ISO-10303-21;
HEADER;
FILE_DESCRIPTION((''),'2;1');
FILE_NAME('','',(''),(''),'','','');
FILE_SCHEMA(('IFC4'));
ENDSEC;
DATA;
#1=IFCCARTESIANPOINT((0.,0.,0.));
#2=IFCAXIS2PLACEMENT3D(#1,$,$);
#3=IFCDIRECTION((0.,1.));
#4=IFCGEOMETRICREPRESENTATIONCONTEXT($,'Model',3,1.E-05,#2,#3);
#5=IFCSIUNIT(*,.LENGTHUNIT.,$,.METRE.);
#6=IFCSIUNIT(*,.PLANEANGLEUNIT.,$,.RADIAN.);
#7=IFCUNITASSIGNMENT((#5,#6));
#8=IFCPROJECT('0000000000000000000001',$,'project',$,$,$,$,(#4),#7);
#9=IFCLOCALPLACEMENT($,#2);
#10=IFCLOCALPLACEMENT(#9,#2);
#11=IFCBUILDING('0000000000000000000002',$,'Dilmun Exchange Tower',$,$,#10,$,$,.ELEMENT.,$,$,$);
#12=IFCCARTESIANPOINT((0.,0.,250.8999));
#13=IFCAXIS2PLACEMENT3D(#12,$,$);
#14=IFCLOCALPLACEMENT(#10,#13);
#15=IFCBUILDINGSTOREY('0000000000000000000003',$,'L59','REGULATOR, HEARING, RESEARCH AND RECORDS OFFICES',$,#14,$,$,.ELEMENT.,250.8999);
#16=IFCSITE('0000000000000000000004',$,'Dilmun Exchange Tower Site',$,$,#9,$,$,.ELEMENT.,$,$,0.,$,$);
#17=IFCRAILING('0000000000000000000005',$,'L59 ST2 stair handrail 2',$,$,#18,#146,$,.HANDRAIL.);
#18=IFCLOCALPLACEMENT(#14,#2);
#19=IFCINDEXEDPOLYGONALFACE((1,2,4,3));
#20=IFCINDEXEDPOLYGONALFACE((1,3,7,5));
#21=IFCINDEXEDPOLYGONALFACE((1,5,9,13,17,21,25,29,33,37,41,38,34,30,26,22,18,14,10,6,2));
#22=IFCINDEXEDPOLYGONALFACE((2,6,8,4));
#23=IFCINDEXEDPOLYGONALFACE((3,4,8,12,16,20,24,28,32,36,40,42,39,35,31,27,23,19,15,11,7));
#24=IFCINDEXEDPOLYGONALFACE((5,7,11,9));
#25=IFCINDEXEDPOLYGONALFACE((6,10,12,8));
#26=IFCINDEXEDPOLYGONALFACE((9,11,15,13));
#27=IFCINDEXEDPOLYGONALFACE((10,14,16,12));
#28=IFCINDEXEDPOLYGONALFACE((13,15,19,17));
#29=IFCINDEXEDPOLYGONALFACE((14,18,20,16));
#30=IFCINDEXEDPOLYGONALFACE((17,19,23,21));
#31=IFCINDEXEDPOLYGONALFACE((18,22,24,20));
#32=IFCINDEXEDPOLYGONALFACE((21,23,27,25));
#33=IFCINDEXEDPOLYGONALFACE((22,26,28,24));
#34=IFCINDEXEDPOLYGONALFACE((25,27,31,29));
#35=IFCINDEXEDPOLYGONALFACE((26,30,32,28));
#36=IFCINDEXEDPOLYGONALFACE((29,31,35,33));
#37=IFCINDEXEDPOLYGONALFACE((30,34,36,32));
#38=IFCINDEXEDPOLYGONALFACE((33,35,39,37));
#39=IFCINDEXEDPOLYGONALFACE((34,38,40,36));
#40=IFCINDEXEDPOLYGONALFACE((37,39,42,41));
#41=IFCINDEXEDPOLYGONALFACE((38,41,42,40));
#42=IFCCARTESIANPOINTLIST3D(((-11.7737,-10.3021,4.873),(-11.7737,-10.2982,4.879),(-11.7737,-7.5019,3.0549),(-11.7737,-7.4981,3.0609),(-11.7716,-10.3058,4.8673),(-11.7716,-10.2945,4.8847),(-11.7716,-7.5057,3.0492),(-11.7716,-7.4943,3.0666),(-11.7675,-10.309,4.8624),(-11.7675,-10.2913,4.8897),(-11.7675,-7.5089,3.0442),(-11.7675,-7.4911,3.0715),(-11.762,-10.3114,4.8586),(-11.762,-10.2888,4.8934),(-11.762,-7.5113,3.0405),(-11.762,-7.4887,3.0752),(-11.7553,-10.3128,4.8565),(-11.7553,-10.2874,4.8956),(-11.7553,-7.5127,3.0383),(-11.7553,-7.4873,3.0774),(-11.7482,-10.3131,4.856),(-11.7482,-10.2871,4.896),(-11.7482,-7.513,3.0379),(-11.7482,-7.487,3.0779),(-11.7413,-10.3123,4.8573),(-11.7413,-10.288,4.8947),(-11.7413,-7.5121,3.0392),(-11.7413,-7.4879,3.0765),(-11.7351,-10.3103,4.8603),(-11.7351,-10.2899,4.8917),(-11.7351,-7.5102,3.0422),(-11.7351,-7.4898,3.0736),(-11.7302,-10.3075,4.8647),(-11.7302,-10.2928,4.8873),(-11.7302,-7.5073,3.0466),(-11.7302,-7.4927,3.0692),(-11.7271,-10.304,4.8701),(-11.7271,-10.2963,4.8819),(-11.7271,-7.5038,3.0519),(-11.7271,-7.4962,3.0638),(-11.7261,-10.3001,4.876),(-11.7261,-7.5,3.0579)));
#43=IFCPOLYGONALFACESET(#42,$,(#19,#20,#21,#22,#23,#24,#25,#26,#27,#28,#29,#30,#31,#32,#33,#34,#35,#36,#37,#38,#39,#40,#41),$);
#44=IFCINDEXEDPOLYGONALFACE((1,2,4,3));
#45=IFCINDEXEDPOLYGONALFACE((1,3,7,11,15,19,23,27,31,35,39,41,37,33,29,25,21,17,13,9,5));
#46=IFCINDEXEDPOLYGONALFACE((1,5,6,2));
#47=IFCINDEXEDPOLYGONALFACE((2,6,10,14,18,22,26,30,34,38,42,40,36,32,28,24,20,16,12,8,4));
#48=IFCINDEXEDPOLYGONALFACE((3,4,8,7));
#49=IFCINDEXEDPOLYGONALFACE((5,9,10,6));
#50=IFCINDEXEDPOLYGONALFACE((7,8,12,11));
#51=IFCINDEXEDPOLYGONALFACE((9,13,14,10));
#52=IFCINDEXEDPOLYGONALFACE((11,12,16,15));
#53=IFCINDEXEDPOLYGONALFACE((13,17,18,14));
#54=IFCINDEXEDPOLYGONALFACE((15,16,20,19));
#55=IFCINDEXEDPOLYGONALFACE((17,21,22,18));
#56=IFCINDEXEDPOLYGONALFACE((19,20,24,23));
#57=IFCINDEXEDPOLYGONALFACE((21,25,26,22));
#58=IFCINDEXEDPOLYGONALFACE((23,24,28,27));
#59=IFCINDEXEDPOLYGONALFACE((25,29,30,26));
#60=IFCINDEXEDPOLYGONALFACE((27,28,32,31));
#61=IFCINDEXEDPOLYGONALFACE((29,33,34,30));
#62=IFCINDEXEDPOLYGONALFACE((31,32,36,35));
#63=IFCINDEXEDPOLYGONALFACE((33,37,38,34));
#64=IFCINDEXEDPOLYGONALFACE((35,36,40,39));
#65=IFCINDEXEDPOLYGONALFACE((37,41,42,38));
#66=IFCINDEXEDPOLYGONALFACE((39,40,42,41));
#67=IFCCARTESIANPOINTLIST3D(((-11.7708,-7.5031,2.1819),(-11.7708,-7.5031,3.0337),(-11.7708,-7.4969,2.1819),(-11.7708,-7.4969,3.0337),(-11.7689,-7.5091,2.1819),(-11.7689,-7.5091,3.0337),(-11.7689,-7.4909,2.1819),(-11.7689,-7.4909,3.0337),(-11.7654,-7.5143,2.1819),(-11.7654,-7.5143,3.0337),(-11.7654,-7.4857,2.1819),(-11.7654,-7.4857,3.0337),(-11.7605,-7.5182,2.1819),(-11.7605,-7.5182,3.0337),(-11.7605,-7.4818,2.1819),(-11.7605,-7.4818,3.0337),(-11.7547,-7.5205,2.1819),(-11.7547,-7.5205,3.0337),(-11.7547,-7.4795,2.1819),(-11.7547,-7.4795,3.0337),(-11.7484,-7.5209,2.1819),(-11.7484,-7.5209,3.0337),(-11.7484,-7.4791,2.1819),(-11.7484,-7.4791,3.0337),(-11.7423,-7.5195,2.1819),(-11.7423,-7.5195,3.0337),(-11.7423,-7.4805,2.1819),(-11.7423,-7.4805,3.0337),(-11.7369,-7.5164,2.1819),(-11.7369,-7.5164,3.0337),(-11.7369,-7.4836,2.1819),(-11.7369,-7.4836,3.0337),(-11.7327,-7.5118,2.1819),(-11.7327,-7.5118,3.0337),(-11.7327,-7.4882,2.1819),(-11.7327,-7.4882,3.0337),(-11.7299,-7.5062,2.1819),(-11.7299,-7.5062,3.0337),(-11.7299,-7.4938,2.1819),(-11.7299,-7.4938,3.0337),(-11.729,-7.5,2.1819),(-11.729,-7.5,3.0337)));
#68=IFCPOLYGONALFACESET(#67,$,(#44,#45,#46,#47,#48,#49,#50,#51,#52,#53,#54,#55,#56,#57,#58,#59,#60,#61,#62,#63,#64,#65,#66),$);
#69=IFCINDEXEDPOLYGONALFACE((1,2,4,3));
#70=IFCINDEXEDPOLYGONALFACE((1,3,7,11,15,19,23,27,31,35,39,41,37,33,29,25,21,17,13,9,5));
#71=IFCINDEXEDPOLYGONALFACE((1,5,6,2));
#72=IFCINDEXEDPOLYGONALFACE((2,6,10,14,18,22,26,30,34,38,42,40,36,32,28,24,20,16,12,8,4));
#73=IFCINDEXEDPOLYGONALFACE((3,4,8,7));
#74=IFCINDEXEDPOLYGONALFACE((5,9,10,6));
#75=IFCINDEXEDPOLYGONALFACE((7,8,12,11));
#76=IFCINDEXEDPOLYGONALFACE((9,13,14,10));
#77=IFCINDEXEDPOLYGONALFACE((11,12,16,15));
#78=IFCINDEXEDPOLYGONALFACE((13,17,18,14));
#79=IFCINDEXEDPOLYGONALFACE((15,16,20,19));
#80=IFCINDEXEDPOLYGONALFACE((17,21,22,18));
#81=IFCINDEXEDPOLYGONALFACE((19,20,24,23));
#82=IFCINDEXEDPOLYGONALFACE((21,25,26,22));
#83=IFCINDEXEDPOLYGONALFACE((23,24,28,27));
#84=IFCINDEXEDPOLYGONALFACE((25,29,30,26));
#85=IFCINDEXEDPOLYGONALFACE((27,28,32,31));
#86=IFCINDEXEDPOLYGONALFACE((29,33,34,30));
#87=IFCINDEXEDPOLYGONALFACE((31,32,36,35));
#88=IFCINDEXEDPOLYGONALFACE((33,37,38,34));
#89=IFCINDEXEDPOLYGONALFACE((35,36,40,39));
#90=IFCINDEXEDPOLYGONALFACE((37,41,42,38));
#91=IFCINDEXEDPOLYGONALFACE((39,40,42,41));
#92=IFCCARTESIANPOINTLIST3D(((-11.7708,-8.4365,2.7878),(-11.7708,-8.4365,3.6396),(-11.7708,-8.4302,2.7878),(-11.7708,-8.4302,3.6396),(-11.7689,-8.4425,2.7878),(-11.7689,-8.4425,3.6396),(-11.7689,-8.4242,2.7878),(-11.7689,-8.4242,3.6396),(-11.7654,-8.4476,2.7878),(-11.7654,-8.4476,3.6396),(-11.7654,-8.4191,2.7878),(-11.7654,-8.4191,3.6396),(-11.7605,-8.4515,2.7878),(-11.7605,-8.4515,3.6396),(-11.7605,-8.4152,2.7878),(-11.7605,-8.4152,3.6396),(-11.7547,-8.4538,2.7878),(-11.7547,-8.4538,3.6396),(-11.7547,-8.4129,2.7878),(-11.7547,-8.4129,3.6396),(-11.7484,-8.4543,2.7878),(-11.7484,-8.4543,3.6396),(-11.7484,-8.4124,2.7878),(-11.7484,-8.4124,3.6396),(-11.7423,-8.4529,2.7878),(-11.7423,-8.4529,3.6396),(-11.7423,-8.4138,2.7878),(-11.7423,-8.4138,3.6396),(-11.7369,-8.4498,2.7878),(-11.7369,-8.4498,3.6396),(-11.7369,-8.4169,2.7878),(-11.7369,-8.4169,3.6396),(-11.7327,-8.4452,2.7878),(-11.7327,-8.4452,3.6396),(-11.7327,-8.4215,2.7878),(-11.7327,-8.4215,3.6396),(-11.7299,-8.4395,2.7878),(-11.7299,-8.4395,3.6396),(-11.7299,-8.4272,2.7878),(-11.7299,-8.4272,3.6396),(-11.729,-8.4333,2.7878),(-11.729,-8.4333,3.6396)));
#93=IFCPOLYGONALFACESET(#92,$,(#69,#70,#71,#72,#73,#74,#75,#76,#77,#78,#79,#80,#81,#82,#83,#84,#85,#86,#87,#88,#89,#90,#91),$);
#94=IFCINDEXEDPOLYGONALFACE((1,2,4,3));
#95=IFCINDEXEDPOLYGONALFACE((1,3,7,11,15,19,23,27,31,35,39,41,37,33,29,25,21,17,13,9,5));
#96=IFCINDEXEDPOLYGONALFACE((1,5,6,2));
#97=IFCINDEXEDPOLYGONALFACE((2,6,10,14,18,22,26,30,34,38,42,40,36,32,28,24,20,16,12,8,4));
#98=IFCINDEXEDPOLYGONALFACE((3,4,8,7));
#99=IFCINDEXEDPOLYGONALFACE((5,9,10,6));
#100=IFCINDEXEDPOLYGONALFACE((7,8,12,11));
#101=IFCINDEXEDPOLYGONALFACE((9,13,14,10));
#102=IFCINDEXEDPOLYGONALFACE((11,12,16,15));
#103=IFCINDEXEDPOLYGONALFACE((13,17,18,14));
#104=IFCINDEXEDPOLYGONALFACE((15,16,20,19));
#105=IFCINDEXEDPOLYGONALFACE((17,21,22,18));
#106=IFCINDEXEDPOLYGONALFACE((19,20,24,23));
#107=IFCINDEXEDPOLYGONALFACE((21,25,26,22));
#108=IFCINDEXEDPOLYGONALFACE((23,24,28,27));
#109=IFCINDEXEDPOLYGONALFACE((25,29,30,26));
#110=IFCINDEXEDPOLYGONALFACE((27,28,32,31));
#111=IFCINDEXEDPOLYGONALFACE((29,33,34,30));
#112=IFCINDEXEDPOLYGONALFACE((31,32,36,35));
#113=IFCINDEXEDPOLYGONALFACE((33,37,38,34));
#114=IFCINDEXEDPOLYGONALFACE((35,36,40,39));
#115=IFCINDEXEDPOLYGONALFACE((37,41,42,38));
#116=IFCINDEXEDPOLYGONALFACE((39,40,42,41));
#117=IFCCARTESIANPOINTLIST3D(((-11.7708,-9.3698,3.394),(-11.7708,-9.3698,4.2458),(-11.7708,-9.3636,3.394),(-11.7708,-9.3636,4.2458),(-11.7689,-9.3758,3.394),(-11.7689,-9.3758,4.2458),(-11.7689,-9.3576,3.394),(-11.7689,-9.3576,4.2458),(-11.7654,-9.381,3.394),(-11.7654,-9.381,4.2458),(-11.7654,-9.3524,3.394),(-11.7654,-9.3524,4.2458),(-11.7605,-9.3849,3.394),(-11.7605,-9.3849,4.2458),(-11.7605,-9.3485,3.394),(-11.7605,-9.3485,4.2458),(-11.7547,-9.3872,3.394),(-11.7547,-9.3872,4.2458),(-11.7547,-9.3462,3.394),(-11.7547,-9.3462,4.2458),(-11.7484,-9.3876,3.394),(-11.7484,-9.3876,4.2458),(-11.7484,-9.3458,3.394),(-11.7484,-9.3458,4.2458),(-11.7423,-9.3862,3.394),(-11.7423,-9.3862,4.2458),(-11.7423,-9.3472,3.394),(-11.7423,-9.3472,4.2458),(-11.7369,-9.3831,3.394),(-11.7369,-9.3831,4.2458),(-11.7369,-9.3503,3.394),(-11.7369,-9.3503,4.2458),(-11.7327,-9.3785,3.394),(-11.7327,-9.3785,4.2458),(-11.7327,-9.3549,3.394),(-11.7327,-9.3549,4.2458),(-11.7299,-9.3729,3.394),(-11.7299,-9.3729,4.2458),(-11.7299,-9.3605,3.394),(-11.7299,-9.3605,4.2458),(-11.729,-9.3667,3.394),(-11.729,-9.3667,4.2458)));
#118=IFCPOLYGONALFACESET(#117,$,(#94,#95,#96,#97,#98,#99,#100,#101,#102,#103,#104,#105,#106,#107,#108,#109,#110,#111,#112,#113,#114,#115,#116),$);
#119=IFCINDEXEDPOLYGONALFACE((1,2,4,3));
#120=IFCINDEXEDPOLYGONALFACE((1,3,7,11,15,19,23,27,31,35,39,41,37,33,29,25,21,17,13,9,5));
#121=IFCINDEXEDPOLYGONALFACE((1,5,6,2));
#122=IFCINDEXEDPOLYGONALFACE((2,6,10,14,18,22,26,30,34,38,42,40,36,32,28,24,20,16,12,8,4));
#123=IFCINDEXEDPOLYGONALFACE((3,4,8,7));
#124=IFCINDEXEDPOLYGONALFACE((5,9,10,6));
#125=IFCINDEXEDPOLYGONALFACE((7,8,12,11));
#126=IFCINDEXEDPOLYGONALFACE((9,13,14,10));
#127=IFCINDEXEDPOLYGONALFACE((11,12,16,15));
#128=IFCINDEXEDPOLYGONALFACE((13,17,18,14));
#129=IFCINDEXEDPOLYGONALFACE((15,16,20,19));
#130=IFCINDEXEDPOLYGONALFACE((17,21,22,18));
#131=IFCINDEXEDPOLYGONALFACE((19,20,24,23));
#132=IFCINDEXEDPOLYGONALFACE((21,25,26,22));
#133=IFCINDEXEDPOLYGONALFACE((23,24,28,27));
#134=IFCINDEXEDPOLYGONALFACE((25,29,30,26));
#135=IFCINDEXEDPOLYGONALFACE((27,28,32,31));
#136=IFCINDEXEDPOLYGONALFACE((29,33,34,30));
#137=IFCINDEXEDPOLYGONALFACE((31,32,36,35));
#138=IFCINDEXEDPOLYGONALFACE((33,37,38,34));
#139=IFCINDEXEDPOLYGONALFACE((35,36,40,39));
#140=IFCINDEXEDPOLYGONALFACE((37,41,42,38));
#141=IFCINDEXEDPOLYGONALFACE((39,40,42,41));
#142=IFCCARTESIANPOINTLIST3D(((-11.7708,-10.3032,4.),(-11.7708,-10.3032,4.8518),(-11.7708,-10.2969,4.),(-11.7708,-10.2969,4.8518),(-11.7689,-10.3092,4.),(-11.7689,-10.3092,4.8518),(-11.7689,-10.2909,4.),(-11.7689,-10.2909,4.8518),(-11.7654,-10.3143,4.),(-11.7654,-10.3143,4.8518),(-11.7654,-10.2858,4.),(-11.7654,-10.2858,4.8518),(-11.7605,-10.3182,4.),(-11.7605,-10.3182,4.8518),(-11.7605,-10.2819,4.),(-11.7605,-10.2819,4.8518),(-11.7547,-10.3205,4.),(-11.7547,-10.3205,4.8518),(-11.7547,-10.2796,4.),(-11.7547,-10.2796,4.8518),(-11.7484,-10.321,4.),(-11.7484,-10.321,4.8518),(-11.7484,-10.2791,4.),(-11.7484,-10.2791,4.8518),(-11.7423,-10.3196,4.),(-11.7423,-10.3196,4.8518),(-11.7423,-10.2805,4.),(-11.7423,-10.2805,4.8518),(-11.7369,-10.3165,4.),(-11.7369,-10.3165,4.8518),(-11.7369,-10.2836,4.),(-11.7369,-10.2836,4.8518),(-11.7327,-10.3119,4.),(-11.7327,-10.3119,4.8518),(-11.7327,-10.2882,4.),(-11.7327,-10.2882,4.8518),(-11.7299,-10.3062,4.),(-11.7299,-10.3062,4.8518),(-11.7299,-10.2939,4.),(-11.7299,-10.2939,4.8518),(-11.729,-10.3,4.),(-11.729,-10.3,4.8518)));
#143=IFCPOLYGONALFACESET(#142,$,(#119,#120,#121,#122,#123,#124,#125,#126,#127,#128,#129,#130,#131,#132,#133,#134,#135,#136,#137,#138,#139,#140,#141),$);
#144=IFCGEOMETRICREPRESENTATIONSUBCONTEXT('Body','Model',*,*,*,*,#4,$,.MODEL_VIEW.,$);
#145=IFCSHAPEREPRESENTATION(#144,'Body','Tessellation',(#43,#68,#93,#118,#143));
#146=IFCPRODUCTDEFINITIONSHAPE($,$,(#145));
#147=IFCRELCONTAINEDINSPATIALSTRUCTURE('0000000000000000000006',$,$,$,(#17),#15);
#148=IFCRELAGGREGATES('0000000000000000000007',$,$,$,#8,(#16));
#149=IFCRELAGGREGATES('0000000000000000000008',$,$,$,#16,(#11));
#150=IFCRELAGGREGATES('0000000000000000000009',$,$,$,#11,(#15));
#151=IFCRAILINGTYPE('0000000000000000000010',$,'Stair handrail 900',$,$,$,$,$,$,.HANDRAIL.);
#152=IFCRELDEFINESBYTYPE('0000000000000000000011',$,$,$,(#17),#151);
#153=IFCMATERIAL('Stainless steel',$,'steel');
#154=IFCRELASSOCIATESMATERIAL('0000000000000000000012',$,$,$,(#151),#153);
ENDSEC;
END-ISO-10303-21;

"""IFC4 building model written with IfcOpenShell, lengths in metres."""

from ifc_helpers import new_model, si_unit, direction, frame, origin, origin_2d, place, context, subcontext, project, spatial, circle, extrude, material, type_object, element, save


model = new_model("IFC4")

# Units and contexts
model_context = context("Model", 3, precision=1e-05, world=origin(), true_north=direction((0.0, 1.0)))
body_context = subcontext(model_context, "Body", "Model", "MODEL_VIEW")
ifc_project = project(units=[si_unit("LENGTHUNIT", "METRE"), si_unit("PLANEANGLEUNIT", "RADIAN")], contexts=[model_context])

# Site, building, storey
site_placement = place(None, origin())
site = spatial("IfcSite", under=ifc_project, at=site_placement, Name="Dilmun Exchange Tower Site", CompositionType="ELEMENT", RefElevation=0.0)
building_placement = place(site_placement, origin())
building = spatial("IfcBuilding", under=site, at=building_placement, Name="Dilmun Exchange Tower", CompositionType="ELEMENT")
storey_placement = place(building_placement, frame((0.0, 0.0, 250.8999)))
storey = spatial("IfcBuildingStorey", under=building, at=storey_placement, Name="L59", Description="REGULATOR, HEARING, RESEARCH AND RECORDS OFFICES", CompositionType="ELEMENT", Elevation=250.8999)

# Railing
ifc_material_1 = material(Name="Stainless steel", Category="steel")
railing_type = type_object("IfcRailingType", Name="Stair handrail 900", PredefinedType="HANDRAIL", material=ifc_material_1)
railing_1_placement = place(storey_placement, frame((-11.75, -7.5, 2.1819)))
element("IfcRailing", 1, at=railing_1_placement, inside=storey, type_object=railing_type, Name="L59 ST2 stair handrail 2", PredefinedType="HANDRAIL", context=body_context, shape_type="SweptSolid", body=[
    extrude(circle(Radius=0.0239, at=origin_2d()), frame((0.0, 0.0, 0.876), z_axis=(0.0, -0.838706, 0.544585), x_axis=(1.0, 0.0, 0.0)), (0.0, 0.0, 1.0), 3.3386),
    extrude(circle(Radius=0.021, at=origin_2d()), origin(), (0.0, 0.0, 1.0), 0.8518),
    extrude(circle(Radius=0.021, at=origin_2d()), frame((0.0, -0.9333, 0.606)), (0.0, 0.0, 1.0), 0.8518),
    extrude(circle(Radius=0.021, at=origin_2d()), frame((0.0, -1.8667, 1.2122)), (0.0, 0.0, 1.0), 0.8518),
    extrude(circle(Radius=0.021, at=origin_2d()), frame((0.0, -2.8, 1.8181)), (0.0, 0.0, 1.0), 0.8518),
])

save(model, "model.ifc")
